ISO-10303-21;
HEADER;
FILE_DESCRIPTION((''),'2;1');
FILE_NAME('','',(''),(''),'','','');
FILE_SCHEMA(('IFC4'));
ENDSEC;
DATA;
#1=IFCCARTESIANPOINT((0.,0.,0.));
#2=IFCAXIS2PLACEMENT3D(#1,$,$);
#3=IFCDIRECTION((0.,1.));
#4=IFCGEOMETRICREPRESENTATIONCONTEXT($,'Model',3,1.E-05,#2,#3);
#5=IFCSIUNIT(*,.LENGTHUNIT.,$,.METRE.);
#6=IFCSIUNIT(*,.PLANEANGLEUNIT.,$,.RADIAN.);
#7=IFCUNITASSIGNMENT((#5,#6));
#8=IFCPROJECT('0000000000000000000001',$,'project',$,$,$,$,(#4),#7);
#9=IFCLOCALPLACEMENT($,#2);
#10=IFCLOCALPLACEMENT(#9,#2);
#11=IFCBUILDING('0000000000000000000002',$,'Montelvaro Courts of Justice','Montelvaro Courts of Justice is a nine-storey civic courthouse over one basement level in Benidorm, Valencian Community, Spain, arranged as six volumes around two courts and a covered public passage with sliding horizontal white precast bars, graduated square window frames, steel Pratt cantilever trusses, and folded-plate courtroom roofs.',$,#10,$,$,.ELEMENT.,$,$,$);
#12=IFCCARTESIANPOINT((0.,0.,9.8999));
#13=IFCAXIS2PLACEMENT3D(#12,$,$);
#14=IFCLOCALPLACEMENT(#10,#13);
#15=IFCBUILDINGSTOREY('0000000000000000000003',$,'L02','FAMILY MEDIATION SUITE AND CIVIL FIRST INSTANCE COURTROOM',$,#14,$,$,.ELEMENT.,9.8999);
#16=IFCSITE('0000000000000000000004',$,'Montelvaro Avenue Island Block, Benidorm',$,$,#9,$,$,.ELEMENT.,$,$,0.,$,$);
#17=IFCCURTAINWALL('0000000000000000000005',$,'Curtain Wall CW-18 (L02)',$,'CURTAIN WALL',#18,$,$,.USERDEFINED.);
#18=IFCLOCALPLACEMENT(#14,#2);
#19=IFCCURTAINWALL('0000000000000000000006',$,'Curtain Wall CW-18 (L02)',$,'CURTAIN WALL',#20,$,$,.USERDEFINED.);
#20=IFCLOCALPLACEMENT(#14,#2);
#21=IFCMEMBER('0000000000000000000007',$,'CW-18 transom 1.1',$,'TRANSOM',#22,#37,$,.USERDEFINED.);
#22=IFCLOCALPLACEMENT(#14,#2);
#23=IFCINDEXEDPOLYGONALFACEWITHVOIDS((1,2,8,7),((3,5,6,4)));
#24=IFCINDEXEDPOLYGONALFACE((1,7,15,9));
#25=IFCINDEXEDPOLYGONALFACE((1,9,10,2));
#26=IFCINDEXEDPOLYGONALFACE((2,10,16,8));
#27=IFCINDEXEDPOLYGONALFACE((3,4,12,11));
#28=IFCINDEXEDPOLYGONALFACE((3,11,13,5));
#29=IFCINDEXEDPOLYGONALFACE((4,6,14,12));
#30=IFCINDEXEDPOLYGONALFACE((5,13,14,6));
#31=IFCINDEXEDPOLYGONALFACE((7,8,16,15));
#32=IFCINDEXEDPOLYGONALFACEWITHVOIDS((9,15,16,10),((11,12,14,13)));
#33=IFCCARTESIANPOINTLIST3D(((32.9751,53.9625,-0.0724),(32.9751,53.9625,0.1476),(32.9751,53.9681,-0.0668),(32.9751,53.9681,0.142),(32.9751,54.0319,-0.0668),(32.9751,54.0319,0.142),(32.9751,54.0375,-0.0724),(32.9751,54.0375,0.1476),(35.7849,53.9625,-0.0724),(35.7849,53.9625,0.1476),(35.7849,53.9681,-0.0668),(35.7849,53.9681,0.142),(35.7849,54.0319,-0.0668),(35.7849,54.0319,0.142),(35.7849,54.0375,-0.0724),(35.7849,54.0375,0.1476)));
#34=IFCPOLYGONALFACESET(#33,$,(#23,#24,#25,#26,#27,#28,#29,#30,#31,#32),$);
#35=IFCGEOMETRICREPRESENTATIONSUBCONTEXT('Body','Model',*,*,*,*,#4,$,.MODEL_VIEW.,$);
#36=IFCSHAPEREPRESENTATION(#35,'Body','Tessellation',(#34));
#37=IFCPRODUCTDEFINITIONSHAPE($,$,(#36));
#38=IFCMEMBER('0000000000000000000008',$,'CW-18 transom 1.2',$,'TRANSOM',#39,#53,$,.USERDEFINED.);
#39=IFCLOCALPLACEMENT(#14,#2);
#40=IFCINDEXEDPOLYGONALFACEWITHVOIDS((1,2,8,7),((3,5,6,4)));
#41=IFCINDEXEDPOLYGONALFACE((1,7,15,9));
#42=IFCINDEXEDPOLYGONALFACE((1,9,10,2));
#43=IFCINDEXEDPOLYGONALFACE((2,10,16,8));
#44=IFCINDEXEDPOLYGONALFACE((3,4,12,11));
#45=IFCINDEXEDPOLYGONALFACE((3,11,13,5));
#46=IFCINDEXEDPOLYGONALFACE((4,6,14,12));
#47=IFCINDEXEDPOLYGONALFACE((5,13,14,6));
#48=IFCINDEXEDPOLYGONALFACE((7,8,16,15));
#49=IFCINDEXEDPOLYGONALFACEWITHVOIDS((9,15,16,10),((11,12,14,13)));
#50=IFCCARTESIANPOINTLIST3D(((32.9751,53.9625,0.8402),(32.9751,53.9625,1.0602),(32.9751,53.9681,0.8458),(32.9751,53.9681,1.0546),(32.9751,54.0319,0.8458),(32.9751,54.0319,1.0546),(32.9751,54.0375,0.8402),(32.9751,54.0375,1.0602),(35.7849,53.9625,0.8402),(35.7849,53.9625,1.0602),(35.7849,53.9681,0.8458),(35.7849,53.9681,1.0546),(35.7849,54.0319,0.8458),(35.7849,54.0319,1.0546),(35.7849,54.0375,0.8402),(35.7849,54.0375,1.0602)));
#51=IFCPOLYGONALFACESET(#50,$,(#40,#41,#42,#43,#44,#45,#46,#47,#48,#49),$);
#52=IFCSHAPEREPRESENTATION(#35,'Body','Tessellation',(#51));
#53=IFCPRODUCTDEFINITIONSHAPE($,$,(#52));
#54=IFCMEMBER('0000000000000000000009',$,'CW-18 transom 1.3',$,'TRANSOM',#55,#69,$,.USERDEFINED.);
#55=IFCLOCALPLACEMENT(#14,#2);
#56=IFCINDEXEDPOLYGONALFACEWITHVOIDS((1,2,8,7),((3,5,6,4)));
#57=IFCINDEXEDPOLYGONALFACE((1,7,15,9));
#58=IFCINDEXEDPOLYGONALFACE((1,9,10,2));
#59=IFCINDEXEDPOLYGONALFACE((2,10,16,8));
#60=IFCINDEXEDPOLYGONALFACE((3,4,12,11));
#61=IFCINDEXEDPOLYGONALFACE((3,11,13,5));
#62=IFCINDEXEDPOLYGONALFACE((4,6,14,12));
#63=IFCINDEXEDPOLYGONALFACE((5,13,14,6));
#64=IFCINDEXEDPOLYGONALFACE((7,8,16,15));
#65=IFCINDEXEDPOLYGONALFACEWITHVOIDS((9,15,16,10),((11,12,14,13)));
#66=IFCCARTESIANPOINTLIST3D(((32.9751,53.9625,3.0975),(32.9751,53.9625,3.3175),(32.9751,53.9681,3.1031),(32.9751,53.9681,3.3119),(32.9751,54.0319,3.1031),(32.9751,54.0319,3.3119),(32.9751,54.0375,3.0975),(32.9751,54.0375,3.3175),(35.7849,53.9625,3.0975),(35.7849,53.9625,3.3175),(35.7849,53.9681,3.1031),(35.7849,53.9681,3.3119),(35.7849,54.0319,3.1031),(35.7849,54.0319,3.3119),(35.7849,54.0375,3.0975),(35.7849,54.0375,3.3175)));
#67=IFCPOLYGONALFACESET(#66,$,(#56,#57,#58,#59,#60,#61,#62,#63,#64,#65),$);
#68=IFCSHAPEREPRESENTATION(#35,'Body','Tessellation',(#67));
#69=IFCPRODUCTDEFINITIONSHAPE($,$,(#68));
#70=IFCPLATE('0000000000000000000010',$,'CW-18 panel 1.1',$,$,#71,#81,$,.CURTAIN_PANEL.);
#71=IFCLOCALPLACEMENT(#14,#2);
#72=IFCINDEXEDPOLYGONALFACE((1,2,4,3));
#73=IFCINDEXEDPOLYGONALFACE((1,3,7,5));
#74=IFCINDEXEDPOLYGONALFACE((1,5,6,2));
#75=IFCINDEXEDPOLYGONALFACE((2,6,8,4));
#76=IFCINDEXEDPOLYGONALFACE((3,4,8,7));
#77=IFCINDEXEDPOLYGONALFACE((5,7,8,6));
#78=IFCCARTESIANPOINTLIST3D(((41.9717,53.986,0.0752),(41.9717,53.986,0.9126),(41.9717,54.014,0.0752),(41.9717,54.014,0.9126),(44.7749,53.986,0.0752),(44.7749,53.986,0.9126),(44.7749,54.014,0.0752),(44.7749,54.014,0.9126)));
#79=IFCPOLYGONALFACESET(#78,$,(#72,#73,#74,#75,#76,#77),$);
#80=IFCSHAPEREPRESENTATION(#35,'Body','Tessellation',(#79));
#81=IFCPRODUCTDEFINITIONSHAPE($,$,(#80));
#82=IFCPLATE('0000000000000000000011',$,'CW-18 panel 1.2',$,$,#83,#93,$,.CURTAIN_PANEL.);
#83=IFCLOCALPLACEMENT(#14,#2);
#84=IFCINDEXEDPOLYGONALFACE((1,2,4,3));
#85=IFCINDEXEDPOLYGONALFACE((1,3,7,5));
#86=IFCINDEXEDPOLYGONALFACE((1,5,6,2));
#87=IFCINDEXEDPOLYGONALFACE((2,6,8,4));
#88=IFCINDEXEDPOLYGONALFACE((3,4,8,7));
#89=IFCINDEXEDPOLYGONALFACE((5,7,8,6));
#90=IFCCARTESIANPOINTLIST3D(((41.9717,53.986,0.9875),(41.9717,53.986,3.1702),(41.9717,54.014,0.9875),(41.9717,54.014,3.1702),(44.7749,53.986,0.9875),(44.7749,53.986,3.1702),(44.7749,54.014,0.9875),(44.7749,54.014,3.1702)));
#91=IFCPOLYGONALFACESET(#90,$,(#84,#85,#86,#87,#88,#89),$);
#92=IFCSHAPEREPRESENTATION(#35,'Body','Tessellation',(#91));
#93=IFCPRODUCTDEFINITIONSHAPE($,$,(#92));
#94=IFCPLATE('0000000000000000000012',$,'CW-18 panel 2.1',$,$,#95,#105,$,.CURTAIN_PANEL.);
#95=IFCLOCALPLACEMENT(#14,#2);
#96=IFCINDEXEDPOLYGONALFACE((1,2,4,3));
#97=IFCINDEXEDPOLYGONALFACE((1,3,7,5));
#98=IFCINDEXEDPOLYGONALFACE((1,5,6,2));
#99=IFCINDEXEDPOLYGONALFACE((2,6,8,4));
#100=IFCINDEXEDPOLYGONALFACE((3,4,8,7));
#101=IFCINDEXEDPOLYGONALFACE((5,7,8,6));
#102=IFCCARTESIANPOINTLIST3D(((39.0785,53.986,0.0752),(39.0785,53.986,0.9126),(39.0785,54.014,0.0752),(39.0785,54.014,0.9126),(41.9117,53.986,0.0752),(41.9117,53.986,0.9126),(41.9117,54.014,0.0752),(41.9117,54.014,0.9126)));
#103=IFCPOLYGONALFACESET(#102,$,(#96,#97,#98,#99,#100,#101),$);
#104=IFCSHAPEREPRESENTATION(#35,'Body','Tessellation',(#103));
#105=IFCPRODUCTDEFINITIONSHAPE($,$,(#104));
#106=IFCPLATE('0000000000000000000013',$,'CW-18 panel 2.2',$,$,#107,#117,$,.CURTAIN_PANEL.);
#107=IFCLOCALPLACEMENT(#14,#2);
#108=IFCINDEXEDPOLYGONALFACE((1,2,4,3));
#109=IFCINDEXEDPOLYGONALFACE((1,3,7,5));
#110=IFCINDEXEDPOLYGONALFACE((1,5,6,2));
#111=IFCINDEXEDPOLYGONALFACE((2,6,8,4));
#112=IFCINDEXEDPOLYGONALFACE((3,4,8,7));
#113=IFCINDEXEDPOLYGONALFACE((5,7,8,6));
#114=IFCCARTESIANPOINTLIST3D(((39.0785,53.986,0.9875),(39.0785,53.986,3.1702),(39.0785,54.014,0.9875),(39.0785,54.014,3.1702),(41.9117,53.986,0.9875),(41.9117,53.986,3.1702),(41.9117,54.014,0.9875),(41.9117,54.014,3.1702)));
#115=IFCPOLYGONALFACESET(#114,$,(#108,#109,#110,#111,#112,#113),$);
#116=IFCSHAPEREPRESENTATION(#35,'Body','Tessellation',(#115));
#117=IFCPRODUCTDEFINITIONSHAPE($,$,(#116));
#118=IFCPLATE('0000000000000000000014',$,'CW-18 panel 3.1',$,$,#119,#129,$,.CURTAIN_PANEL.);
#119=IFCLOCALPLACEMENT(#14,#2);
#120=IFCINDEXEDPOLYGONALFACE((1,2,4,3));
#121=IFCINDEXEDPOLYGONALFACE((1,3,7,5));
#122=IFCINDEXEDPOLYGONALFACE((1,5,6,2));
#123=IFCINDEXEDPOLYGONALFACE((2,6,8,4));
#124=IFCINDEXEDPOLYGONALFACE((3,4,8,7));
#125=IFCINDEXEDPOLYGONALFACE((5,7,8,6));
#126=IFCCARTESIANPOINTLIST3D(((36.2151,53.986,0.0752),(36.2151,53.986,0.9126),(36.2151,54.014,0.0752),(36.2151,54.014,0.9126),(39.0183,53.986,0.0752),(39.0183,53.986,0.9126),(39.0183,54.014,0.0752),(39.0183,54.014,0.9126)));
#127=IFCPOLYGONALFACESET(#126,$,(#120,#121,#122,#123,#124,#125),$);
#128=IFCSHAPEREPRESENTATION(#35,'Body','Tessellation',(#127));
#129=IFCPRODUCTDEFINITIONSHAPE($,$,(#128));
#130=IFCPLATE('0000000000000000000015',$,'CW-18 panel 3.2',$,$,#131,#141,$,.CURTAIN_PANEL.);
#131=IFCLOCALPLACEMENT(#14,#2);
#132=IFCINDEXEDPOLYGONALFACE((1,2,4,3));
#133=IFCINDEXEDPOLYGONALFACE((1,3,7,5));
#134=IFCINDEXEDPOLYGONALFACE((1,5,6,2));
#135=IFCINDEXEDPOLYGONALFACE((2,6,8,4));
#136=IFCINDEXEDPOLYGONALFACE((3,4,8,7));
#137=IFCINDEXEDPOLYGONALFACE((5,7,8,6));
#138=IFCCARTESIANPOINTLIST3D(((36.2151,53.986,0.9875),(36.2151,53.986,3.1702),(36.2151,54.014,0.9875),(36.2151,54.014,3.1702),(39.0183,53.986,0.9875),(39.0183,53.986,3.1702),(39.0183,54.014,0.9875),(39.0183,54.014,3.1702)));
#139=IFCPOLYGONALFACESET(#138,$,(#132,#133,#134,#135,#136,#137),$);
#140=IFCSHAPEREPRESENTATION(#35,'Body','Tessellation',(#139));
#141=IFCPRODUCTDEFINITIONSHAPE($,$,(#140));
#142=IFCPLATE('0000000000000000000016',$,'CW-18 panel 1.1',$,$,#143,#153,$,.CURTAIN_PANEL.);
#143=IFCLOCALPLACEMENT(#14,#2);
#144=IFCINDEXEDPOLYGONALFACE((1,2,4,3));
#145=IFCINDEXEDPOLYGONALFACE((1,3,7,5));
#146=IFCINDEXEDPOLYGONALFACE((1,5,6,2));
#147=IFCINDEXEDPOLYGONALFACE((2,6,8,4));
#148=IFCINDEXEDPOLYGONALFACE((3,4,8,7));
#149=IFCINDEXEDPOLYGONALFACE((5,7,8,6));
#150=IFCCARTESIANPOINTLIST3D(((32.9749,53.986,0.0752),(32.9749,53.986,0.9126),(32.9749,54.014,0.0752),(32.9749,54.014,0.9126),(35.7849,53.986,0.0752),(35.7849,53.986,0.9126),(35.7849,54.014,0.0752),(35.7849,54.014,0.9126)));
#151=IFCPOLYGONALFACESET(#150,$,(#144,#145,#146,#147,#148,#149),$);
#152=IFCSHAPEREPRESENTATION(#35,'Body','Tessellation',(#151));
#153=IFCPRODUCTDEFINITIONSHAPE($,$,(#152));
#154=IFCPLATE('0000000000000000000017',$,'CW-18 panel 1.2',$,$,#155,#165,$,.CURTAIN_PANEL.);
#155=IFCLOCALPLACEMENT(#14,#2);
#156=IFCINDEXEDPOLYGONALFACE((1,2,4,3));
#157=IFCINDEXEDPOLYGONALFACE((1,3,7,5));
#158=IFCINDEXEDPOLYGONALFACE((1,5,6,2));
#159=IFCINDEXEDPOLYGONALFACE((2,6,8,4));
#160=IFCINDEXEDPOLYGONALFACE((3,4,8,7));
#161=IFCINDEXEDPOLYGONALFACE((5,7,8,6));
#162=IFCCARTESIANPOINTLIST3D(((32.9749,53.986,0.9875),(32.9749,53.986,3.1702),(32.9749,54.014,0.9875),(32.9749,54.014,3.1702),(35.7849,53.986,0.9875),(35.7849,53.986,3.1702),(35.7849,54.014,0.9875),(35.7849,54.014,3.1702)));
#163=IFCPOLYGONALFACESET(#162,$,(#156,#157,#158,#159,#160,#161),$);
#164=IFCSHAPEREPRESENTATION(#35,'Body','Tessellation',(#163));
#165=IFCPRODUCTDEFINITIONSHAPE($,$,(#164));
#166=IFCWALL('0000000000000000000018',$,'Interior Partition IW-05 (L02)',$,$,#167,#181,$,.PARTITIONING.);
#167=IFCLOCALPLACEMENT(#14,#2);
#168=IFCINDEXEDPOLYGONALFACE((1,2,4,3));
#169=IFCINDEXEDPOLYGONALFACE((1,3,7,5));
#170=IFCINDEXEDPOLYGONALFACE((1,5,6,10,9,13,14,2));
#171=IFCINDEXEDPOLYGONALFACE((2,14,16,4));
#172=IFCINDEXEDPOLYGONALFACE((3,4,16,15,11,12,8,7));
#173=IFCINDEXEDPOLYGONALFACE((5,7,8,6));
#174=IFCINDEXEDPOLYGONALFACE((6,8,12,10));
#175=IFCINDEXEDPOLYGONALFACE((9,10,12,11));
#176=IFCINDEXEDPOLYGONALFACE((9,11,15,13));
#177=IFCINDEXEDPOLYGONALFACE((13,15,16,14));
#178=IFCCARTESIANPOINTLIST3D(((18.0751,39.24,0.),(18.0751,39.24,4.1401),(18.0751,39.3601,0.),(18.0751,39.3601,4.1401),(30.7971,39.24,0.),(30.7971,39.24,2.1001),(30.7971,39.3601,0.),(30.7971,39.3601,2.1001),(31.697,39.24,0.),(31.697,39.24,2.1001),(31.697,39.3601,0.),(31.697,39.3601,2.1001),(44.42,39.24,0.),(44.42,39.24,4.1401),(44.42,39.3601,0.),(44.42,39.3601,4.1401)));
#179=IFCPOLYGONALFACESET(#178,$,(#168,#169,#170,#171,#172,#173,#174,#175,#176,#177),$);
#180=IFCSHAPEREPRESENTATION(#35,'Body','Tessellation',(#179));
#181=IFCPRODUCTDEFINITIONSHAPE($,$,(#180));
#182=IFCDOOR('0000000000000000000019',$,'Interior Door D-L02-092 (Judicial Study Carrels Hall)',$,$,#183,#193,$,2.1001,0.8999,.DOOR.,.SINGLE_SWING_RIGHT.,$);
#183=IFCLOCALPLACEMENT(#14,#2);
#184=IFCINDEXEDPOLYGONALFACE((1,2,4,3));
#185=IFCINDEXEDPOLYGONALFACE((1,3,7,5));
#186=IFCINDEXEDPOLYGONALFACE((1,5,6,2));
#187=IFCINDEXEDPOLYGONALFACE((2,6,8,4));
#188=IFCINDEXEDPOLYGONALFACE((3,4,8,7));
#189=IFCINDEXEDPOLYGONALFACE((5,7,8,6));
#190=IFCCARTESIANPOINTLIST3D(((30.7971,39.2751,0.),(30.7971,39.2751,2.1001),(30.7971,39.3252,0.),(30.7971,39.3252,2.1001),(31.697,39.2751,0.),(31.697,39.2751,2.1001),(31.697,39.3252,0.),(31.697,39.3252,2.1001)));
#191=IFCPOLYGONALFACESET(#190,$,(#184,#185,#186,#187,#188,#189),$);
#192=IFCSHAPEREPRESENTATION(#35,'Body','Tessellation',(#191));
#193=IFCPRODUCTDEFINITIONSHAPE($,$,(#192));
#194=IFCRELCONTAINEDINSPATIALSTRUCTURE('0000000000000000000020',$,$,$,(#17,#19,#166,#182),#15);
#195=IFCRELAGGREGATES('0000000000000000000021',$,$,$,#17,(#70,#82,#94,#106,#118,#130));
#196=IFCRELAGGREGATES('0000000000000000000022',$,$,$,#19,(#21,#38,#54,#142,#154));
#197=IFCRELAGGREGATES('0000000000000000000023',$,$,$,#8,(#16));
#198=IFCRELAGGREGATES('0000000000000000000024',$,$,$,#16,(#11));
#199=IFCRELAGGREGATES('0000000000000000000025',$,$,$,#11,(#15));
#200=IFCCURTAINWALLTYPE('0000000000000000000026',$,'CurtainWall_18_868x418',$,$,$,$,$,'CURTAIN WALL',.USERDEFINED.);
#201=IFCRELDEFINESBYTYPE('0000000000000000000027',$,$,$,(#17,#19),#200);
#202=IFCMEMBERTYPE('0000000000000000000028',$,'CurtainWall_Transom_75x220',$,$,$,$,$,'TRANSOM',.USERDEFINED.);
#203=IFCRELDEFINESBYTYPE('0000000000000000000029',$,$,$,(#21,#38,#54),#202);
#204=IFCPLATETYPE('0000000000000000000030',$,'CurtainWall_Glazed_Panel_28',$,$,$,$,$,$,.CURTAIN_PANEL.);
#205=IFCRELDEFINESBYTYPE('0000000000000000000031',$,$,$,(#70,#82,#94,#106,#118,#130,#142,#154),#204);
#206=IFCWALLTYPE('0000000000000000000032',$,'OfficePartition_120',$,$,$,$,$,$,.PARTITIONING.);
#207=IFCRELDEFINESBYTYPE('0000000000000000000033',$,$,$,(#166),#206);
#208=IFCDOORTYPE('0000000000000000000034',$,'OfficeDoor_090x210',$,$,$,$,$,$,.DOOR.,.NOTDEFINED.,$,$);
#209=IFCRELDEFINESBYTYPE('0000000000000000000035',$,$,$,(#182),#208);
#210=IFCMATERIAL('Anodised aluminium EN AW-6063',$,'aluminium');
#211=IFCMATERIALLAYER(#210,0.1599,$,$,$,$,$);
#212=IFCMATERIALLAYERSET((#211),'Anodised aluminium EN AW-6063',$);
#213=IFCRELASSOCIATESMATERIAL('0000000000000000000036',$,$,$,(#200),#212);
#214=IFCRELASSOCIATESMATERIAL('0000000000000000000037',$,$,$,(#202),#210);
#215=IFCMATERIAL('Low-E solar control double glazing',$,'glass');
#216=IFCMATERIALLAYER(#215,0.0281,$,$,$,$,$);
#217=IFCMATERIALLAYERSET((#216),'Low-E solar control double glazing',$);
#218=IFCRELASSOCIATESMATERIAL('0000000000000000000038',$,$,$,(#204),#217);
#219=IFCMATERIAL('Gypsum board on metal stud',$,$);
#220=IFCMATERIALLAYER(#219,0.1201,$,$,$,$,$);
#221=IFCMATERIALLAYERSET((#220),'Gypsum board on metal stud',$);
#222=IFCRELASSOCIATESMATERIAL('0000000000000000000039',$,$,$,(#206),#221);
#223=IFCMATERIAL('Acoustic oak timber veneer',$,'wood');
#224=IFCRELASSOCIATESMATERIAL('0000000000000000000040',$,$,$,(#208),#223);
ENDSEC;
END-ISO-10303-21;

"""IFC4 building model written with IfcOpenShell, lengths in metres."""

from ifc_helpers import new_model, si_unit, direction, frame, frame_2d, origin, origin_2d, place, context, subcontext, project, spatial, rectangle, hollow_rectangle, extrude, material, layer, layer_set, material_profile, profile_set, type_object, element, fill, aggregate, save


model = new_model("IFC4")

# Units and contexts
model_context = context("Model", 3, precision=1e-05, world=origin(), true_north=direction((0.0, 1.0)))
body_context = subcontext(model_context, "Body", "Model", "MODEL_VIEW")
ifc_project = project(units=[si_unit("LENGTHUNIT", "METRE"), si_unit("PLANEANGLEUNIT", "RADIAN")], contexts=[model_context])

# Site, building, storey
site_placement = place(None, origin())
site = spatial("IfcSite", under=ifc_project, at=site_placement, Name="Montelvaro Avenue Island Block, Benidorm", CompositionType="ELEMENT", RefElevation=0.0)
building_placement = place(site_placement, origin())
building = spatial("IfcBuilding", under=site, at=building_placement, Name="Montelvaro Courts of Justice", Description="Montelvaro Courts of Justice is a nine-storey civic courthouse over one basement level in Benidorm, Valencian Community, Spain, arranged as six volumes around two courts and a covered public passage with sliding horizontal white precast bars, graduated square window frames, steel Pratt cantilever trusses, and folded-plate courtroom roofs.", CompositionType="ELEMENT")
storey_placement = place(building_placement, frame((0.0, 0.0, 9.8999)))
storey = spatial("IfcBuildingStorey", under=building, at=storey_placement, Name="L02", Description="FAMILY MEDIATION SUITE AND CIVIL FIRST INSTANCE COURTROOM", CompositionType="ELEMENT", Elevation=9.8999)

# Curtain walls
ifc_material_1 = material(Name="Anodised aluminium EN AW-6063", Category="aluminium")
ifc_layer_1 = layer(ifc_material_1, 0.1599)
ifc_layer_set_1 = layer_set([ifc_layer_1], Name="Anodised aluminium EN AW-6063")
curtain_wall_type = type_object("IfcCurtainWallType", Name="CurtainWall_18_868x418", ElementType="CURTAIN WALL", PredefinedType="USERDEFINED", material=ifc_layer_set_1)
curtain_wall_1_placement = place(storey_placement, origin())
curtain_wall_1 = element("IfcCurtainWall", 1, at=curtain_wall_1_placement, inside=storey, type_object=curtain_wall_type, Name="Curtain Wall CW-18 (L02)", ObjectType="CURTAIN WALL", PredefinedType="USERDEFINED")
curtain_wall_2_placement = place(storey_placement, origin())
curtain_wall_2 = element("IfcCurtainWall", 2, at=curtain_wall_2_placement, inside=storey, type_object=curtain_wall_type, Name="Curtain Wall CW-18 (L02)", ObjectType="CURTAIN WALL", PredefinedType="USERDEFINED")

# Members
ifc_material_profile_1 = material_profile(ifc_material_1, hollow_rectangle(XDim=0.075, YDim=0.22, WallThickness=0.0056, at=origin_2d()), Name="ALU-T 75x220")
ifc_profile_set_1 = profile_set([ifc_material_profile_1], Name="Anodised aluminium EN AW-6063")
member_type_1 = type_object("IfcMemberType", Name="CurtainWall_Transom_75x220", ElementType="TRANSOM", PredefinedType="USERDEFINED", material=ifc_profile_set_1)
member_1_placement = place(storey_placement, frame((35.7849, 54.0, 0.0376), z_axis=(-1.0, 0.0, 0.0), x_axis=(0.0, -1.0, 0.0)))
member_1 = element("IfcMember", 3, at=member_1_placement, type_object=member_type_1, Name="CW-18 transom 1.1", ObjectType="TRANSOM", PredefinedType="USERDEFINED", context=body_context, shape_type="SweptSolid", body=[
    extrude(hollow_rectangle(XDim=0.075, YDim=0.22, WallThickness=0.0056, at=origin_2d()), origin(), (0.0, 0.0, 1.0), 2.8098),
])
member_2_placement = place(storey_placement, frame((35.7849, 54.0, 0.9502), z_axis=(-1.0, 0.0, 0.0), x_axis=(0.0, -1.0, 0.0)))
member_2 = element("IfcMember", 4, at=member_2_placement, type_object=member_type_1, Name="CW-18 transom 1.2", ObjectType="TRANSOM", PredefinedType="USERDEFINED", context=body_context, shape_type="SweptSolid", body=[
    extrude(hollow_rectangle(XDim=0.075, YDim=0.22, WallThickness=0.0056, at=origin_2d()), origin(), (0.0, 0.0, 1.0), 2.8098),
])
member_3_placement = place(storey_placement, frame((35.7849, 54.0, 3.2075), z_axis=(-1.0, 0.0, 0.0), x_axis=(0.0, -1.0, 0.0)))
member_3 = element("IfcMember", 5, at=member_3_placement, type_object=member_type_1, Name="CW-18 transom 1.3", ObjectType="TRANSOM", PredefinedType="USERDEFINED", context=body_context, shape_type="SweptSolid", body=[
    extrude(hollow_rectangle(XDim=0.075, YDim=0.22, WallThickness=0.0056, at=origin_2d()), origin(), (0.0, 0.0, 1.0), 2.8098),
])

# Plates
ifc_material_2 = material(Name="Low-E solar control double glazing", Category="glass")
ifc_layer_2 = layer(ifc_material_2, 0.0281)
ifc_layer_set_2 = layer_set([ifc_layer_2], Name="Low-E solar control double glazing")
plate_type = type_object("IfcPlateType", Name="CurtainWall_Glazed_Panel_28", PredefinedType="CURTAIN_PANEL", material=ifc_layer_set_2)
plate_1_placement = place(storey_placement, frame((43.3733, 54.0, 0.0752), z_axis=(0.0, 0.0, 1.0), x_axis=(-1.0, 0.0, 0.0)))
plate_1 = element("IfcPlate", 6, at=plate_1_placement, type_object=plate_type, Name="CW-18 panel 1.1", PredefinedType="CURTAIN_PANEL", context=body_context, shape_type="SweptSolid", body=[
    extrude(rectangle(XDim=2.8032, YDim=0.0281, at=origin_2d()), origin(), (0.0, 0.0, 1.0), 0.8374),
])
plate_2_placement = place(storey_placement, frame((43.3733, 54.0, 0.9875), z_axis=(0.0, 0.0, 1.0), x_axis=(-1.0, 0.0, 0.0)))
plate_2 = element("IfcPlate", 7, at=plate_2_placement, type_object=plate_type, Name="CW-18 panel 1.2", PredefinedType="CURTAIN_PANEL", context=body_context, shape_type="SweptSolid", body=[
    extrude(rectangle(XDim=2.8032, YDim=0.0281, at=origin_2d()), origin(), (0.0, 0.0, 1.0), 2.1826),
])
plate_3_placement = place(storey_placement, frame((40.4951, 54.0, 0.0752), z_axis=(0.0, 0.0, 1.0), x_axis=(-1.0, 0.0, 0.0)))
plate_3 = element("IfcPlate", 8, at=plate_3_placement, type_object=plate_type, Name="CW-18 panel 2.1", PredefinedType="CURTAIN_PANEL", context=body_context, shape_type="SweptSolid", body=[
    extrude(rectangle(XDim=2.8333, YDim=0.0281, at=origin_2d()), origin(), (0.0, 0.0, 1.0), 0.8374),
])
plate_4_placement = place(storey_placement, frame((40.4951, 54.0, 0.9875), z_axis=(0.0, 0.0, 1.0), x_axis=(-1.0, 0.0, 0.0)))
plate_4 = element("IfcPlate", 9, at=plate_4_placement, type_object=plate_type, Name="CW-18 panel 2.2", PredefinedType="CURTAIN_PANEL", context=body_context, shape_type="SweptSolid", body=[
    extrude(rectangle(XDim=2.8333, YDim=0.0281, at=origin_2d()), origin(), (0.0, 0.0, 1.0), 2.1826),
])
plate_5_placement = place(storey_placement, frame((37.6167, 54.0, 0.0752), z_axis=(0.0, 0.0, 1.0), x_axis=(-1.0, 0.0, 0.0)))
plate_5 = element("IfcPlate", 10, at=plate_5_placement, type_object=plate_type, Name="CW-18 panel 3.1", PredefinedType="CURTAIN_PANEL", context=body_context, shape_type="SweptSolid", body=[
    extrude(rectangle(XDim=2.8032, YDim=0.0281, at=origin_2d()), origin(), (0.0, 0.0, 1.0), 0.8374),
])
plate_6_placement = place(storey_placement, frame((37.6167, 54.0, 0.9875), z_axis=(0.0, 0.0, 1.0), x_axis=(-1.0, 0.0, 0.0)))
plate_6 = element("IfcPlate", 11, at=plate_6_placement, type_object=plate_type, Name="CW-18 panel 3.2", PredefinedType="CURTAIN_PANEL", context=body_context, shape_type="SweptSolid", body=[
    extrude(rectangle(XDim=2.8032, YDim=0.0281, at=origin_2d()), origin(), (0.0, 0.0, 1.0), 2.1826),
])
aggregate(curtain_wall_1, [plate_1, plate_2, plate_3, plate_4, plate_5, plate_6])
plate_7_placement = place(storey_placement, frame((34.3799, 54.0, 0.0752), z_axis=(0.0, 0.0, 1.0), x_axis=(-1.0, 0.0, 0.0)))
plate_7 = element("IfcPlate", 12, at=plate_7_placement, type_object=plate_type, Name="CW-18 panel 1.1", PredefinedType="CURTAIN_PANEL", context=body_context, shape_type="SweptSolid", body=[
    extrude(rectangle(XDim=2.8101, YDim=0.0281, at=origin_2d()), origin(), (0.0, 0.0, 1.0), 0.8374),
])
plate_8_placement = place(storey_placement, frame((34.3799, 54.0, 0.9875), z_axis=(0.0, 0.0, 1.0), x_axis=(-1.0, 0.0, 0.0)))
plate_8 = element("IfcPlate", 13, at=plate_8_placement, type_object=plate_type, Name="CW-18 panel 1.2", PredefinedType="CURTAIN_PANEL", context=body_context, shape_type="SweptSolid", body=[
    extrude(rectangle(XDim=2.8101, YDim=0.0281, at=origin_2d()), origin(), (0.0, 0.0, 1.0), 2.1826),
])
aggregate(curtain_wall_2, [member_1, member_2, member_3, plate_7, plate_8])

# Wall, opening, door
ifc_material_3 = material(Name="Gypsum board on metal stud")
ifc_layer_3 = layer(ifc_material_3, 0.1201)
ifc_layer_set_3 = layer_set([ifc_layer_3], Name="Gypsum board on metal stud")
wall_type = type_object("IfcWallType", Name="OfficePartition_120", PredefinedType="PARTITIONING", material=ifc_layer_set_3)
wall_placement = place(storey_placement, frame((44.4199, 39.3, 0.0), z_axis=(0.0, 0.0, 1.0), x_axis=(-1.0, 0.0, 0.0)))
wall = element("IfcWall", 14, at=wall_placement, inside=storey, type_object=wall_type, Name="Interior Partition IW-05 (L02)", PredefinedType="PARTITIONING", context=body_context, shape_type="SweptSolid", body=[
    extrude(rectangle(XDim=26.345, YDim=0.1201, at=frame_2d((13.1724, 0.0))), origin(), (0.0, 0.0, 1.0), 4.1401),
])
opening_placement = place(wall_placement, frame((12.7229, 0.0, 0.0)))
opening = element("IfcOpeningElement", 15, at=opening_placement, cuts=wall, PredefinedType="OPENING", context=body_context, shape_type="SweptSolid", body=[
    extrude(rectangle(XDim=0.8999, YDim=2.1001, at=frame_2d((0.45, 1.05))), frame((0.0, 0.075, 0.0), z_axis=(0.0, -1.0, 0.0), x_axis=(1.0, 0.0, 0.0)), (0.0, 0.0, 1.0), 0.1499),
])
ifc_material_4 = material(Name="Acoustic oak timber veneer", Category="wood")
door_type = type_object("IfcDoorType", Name="OfficeDoor_090x210", OperationType="NOTDEFINED", PredefinedType="DOOR", material=ifc_material_4)
door_placement = place(opening_placement, origin())
door = element("IfcDoor", 16, at=door_placement, inside=storey, type_object=door_type, Name="Interior Door D-L02-092 (Judicial Study Carrels Hall)", OperationType="SINGLE_SWING_RIGHT", OverallHeight=2.1001, OverallWidth=0.8999, PredefinedType="DOOR", context=body_context, shape_type="SweptSolid", body=[
    extrude(rectangle(XDim=0.8999, YDim=2.1001, at=frame_2d((0.45, 1.05))), frame((0.0, 0.0249, 0.0), z_axis=(0.0, -1.0, 0.0), x_axis=(1.0, 0.0, 0.0)), (0.0, 0.0, 1.0), 0.05),
])
fill(opening, door)

save(model, "model.ifc")
